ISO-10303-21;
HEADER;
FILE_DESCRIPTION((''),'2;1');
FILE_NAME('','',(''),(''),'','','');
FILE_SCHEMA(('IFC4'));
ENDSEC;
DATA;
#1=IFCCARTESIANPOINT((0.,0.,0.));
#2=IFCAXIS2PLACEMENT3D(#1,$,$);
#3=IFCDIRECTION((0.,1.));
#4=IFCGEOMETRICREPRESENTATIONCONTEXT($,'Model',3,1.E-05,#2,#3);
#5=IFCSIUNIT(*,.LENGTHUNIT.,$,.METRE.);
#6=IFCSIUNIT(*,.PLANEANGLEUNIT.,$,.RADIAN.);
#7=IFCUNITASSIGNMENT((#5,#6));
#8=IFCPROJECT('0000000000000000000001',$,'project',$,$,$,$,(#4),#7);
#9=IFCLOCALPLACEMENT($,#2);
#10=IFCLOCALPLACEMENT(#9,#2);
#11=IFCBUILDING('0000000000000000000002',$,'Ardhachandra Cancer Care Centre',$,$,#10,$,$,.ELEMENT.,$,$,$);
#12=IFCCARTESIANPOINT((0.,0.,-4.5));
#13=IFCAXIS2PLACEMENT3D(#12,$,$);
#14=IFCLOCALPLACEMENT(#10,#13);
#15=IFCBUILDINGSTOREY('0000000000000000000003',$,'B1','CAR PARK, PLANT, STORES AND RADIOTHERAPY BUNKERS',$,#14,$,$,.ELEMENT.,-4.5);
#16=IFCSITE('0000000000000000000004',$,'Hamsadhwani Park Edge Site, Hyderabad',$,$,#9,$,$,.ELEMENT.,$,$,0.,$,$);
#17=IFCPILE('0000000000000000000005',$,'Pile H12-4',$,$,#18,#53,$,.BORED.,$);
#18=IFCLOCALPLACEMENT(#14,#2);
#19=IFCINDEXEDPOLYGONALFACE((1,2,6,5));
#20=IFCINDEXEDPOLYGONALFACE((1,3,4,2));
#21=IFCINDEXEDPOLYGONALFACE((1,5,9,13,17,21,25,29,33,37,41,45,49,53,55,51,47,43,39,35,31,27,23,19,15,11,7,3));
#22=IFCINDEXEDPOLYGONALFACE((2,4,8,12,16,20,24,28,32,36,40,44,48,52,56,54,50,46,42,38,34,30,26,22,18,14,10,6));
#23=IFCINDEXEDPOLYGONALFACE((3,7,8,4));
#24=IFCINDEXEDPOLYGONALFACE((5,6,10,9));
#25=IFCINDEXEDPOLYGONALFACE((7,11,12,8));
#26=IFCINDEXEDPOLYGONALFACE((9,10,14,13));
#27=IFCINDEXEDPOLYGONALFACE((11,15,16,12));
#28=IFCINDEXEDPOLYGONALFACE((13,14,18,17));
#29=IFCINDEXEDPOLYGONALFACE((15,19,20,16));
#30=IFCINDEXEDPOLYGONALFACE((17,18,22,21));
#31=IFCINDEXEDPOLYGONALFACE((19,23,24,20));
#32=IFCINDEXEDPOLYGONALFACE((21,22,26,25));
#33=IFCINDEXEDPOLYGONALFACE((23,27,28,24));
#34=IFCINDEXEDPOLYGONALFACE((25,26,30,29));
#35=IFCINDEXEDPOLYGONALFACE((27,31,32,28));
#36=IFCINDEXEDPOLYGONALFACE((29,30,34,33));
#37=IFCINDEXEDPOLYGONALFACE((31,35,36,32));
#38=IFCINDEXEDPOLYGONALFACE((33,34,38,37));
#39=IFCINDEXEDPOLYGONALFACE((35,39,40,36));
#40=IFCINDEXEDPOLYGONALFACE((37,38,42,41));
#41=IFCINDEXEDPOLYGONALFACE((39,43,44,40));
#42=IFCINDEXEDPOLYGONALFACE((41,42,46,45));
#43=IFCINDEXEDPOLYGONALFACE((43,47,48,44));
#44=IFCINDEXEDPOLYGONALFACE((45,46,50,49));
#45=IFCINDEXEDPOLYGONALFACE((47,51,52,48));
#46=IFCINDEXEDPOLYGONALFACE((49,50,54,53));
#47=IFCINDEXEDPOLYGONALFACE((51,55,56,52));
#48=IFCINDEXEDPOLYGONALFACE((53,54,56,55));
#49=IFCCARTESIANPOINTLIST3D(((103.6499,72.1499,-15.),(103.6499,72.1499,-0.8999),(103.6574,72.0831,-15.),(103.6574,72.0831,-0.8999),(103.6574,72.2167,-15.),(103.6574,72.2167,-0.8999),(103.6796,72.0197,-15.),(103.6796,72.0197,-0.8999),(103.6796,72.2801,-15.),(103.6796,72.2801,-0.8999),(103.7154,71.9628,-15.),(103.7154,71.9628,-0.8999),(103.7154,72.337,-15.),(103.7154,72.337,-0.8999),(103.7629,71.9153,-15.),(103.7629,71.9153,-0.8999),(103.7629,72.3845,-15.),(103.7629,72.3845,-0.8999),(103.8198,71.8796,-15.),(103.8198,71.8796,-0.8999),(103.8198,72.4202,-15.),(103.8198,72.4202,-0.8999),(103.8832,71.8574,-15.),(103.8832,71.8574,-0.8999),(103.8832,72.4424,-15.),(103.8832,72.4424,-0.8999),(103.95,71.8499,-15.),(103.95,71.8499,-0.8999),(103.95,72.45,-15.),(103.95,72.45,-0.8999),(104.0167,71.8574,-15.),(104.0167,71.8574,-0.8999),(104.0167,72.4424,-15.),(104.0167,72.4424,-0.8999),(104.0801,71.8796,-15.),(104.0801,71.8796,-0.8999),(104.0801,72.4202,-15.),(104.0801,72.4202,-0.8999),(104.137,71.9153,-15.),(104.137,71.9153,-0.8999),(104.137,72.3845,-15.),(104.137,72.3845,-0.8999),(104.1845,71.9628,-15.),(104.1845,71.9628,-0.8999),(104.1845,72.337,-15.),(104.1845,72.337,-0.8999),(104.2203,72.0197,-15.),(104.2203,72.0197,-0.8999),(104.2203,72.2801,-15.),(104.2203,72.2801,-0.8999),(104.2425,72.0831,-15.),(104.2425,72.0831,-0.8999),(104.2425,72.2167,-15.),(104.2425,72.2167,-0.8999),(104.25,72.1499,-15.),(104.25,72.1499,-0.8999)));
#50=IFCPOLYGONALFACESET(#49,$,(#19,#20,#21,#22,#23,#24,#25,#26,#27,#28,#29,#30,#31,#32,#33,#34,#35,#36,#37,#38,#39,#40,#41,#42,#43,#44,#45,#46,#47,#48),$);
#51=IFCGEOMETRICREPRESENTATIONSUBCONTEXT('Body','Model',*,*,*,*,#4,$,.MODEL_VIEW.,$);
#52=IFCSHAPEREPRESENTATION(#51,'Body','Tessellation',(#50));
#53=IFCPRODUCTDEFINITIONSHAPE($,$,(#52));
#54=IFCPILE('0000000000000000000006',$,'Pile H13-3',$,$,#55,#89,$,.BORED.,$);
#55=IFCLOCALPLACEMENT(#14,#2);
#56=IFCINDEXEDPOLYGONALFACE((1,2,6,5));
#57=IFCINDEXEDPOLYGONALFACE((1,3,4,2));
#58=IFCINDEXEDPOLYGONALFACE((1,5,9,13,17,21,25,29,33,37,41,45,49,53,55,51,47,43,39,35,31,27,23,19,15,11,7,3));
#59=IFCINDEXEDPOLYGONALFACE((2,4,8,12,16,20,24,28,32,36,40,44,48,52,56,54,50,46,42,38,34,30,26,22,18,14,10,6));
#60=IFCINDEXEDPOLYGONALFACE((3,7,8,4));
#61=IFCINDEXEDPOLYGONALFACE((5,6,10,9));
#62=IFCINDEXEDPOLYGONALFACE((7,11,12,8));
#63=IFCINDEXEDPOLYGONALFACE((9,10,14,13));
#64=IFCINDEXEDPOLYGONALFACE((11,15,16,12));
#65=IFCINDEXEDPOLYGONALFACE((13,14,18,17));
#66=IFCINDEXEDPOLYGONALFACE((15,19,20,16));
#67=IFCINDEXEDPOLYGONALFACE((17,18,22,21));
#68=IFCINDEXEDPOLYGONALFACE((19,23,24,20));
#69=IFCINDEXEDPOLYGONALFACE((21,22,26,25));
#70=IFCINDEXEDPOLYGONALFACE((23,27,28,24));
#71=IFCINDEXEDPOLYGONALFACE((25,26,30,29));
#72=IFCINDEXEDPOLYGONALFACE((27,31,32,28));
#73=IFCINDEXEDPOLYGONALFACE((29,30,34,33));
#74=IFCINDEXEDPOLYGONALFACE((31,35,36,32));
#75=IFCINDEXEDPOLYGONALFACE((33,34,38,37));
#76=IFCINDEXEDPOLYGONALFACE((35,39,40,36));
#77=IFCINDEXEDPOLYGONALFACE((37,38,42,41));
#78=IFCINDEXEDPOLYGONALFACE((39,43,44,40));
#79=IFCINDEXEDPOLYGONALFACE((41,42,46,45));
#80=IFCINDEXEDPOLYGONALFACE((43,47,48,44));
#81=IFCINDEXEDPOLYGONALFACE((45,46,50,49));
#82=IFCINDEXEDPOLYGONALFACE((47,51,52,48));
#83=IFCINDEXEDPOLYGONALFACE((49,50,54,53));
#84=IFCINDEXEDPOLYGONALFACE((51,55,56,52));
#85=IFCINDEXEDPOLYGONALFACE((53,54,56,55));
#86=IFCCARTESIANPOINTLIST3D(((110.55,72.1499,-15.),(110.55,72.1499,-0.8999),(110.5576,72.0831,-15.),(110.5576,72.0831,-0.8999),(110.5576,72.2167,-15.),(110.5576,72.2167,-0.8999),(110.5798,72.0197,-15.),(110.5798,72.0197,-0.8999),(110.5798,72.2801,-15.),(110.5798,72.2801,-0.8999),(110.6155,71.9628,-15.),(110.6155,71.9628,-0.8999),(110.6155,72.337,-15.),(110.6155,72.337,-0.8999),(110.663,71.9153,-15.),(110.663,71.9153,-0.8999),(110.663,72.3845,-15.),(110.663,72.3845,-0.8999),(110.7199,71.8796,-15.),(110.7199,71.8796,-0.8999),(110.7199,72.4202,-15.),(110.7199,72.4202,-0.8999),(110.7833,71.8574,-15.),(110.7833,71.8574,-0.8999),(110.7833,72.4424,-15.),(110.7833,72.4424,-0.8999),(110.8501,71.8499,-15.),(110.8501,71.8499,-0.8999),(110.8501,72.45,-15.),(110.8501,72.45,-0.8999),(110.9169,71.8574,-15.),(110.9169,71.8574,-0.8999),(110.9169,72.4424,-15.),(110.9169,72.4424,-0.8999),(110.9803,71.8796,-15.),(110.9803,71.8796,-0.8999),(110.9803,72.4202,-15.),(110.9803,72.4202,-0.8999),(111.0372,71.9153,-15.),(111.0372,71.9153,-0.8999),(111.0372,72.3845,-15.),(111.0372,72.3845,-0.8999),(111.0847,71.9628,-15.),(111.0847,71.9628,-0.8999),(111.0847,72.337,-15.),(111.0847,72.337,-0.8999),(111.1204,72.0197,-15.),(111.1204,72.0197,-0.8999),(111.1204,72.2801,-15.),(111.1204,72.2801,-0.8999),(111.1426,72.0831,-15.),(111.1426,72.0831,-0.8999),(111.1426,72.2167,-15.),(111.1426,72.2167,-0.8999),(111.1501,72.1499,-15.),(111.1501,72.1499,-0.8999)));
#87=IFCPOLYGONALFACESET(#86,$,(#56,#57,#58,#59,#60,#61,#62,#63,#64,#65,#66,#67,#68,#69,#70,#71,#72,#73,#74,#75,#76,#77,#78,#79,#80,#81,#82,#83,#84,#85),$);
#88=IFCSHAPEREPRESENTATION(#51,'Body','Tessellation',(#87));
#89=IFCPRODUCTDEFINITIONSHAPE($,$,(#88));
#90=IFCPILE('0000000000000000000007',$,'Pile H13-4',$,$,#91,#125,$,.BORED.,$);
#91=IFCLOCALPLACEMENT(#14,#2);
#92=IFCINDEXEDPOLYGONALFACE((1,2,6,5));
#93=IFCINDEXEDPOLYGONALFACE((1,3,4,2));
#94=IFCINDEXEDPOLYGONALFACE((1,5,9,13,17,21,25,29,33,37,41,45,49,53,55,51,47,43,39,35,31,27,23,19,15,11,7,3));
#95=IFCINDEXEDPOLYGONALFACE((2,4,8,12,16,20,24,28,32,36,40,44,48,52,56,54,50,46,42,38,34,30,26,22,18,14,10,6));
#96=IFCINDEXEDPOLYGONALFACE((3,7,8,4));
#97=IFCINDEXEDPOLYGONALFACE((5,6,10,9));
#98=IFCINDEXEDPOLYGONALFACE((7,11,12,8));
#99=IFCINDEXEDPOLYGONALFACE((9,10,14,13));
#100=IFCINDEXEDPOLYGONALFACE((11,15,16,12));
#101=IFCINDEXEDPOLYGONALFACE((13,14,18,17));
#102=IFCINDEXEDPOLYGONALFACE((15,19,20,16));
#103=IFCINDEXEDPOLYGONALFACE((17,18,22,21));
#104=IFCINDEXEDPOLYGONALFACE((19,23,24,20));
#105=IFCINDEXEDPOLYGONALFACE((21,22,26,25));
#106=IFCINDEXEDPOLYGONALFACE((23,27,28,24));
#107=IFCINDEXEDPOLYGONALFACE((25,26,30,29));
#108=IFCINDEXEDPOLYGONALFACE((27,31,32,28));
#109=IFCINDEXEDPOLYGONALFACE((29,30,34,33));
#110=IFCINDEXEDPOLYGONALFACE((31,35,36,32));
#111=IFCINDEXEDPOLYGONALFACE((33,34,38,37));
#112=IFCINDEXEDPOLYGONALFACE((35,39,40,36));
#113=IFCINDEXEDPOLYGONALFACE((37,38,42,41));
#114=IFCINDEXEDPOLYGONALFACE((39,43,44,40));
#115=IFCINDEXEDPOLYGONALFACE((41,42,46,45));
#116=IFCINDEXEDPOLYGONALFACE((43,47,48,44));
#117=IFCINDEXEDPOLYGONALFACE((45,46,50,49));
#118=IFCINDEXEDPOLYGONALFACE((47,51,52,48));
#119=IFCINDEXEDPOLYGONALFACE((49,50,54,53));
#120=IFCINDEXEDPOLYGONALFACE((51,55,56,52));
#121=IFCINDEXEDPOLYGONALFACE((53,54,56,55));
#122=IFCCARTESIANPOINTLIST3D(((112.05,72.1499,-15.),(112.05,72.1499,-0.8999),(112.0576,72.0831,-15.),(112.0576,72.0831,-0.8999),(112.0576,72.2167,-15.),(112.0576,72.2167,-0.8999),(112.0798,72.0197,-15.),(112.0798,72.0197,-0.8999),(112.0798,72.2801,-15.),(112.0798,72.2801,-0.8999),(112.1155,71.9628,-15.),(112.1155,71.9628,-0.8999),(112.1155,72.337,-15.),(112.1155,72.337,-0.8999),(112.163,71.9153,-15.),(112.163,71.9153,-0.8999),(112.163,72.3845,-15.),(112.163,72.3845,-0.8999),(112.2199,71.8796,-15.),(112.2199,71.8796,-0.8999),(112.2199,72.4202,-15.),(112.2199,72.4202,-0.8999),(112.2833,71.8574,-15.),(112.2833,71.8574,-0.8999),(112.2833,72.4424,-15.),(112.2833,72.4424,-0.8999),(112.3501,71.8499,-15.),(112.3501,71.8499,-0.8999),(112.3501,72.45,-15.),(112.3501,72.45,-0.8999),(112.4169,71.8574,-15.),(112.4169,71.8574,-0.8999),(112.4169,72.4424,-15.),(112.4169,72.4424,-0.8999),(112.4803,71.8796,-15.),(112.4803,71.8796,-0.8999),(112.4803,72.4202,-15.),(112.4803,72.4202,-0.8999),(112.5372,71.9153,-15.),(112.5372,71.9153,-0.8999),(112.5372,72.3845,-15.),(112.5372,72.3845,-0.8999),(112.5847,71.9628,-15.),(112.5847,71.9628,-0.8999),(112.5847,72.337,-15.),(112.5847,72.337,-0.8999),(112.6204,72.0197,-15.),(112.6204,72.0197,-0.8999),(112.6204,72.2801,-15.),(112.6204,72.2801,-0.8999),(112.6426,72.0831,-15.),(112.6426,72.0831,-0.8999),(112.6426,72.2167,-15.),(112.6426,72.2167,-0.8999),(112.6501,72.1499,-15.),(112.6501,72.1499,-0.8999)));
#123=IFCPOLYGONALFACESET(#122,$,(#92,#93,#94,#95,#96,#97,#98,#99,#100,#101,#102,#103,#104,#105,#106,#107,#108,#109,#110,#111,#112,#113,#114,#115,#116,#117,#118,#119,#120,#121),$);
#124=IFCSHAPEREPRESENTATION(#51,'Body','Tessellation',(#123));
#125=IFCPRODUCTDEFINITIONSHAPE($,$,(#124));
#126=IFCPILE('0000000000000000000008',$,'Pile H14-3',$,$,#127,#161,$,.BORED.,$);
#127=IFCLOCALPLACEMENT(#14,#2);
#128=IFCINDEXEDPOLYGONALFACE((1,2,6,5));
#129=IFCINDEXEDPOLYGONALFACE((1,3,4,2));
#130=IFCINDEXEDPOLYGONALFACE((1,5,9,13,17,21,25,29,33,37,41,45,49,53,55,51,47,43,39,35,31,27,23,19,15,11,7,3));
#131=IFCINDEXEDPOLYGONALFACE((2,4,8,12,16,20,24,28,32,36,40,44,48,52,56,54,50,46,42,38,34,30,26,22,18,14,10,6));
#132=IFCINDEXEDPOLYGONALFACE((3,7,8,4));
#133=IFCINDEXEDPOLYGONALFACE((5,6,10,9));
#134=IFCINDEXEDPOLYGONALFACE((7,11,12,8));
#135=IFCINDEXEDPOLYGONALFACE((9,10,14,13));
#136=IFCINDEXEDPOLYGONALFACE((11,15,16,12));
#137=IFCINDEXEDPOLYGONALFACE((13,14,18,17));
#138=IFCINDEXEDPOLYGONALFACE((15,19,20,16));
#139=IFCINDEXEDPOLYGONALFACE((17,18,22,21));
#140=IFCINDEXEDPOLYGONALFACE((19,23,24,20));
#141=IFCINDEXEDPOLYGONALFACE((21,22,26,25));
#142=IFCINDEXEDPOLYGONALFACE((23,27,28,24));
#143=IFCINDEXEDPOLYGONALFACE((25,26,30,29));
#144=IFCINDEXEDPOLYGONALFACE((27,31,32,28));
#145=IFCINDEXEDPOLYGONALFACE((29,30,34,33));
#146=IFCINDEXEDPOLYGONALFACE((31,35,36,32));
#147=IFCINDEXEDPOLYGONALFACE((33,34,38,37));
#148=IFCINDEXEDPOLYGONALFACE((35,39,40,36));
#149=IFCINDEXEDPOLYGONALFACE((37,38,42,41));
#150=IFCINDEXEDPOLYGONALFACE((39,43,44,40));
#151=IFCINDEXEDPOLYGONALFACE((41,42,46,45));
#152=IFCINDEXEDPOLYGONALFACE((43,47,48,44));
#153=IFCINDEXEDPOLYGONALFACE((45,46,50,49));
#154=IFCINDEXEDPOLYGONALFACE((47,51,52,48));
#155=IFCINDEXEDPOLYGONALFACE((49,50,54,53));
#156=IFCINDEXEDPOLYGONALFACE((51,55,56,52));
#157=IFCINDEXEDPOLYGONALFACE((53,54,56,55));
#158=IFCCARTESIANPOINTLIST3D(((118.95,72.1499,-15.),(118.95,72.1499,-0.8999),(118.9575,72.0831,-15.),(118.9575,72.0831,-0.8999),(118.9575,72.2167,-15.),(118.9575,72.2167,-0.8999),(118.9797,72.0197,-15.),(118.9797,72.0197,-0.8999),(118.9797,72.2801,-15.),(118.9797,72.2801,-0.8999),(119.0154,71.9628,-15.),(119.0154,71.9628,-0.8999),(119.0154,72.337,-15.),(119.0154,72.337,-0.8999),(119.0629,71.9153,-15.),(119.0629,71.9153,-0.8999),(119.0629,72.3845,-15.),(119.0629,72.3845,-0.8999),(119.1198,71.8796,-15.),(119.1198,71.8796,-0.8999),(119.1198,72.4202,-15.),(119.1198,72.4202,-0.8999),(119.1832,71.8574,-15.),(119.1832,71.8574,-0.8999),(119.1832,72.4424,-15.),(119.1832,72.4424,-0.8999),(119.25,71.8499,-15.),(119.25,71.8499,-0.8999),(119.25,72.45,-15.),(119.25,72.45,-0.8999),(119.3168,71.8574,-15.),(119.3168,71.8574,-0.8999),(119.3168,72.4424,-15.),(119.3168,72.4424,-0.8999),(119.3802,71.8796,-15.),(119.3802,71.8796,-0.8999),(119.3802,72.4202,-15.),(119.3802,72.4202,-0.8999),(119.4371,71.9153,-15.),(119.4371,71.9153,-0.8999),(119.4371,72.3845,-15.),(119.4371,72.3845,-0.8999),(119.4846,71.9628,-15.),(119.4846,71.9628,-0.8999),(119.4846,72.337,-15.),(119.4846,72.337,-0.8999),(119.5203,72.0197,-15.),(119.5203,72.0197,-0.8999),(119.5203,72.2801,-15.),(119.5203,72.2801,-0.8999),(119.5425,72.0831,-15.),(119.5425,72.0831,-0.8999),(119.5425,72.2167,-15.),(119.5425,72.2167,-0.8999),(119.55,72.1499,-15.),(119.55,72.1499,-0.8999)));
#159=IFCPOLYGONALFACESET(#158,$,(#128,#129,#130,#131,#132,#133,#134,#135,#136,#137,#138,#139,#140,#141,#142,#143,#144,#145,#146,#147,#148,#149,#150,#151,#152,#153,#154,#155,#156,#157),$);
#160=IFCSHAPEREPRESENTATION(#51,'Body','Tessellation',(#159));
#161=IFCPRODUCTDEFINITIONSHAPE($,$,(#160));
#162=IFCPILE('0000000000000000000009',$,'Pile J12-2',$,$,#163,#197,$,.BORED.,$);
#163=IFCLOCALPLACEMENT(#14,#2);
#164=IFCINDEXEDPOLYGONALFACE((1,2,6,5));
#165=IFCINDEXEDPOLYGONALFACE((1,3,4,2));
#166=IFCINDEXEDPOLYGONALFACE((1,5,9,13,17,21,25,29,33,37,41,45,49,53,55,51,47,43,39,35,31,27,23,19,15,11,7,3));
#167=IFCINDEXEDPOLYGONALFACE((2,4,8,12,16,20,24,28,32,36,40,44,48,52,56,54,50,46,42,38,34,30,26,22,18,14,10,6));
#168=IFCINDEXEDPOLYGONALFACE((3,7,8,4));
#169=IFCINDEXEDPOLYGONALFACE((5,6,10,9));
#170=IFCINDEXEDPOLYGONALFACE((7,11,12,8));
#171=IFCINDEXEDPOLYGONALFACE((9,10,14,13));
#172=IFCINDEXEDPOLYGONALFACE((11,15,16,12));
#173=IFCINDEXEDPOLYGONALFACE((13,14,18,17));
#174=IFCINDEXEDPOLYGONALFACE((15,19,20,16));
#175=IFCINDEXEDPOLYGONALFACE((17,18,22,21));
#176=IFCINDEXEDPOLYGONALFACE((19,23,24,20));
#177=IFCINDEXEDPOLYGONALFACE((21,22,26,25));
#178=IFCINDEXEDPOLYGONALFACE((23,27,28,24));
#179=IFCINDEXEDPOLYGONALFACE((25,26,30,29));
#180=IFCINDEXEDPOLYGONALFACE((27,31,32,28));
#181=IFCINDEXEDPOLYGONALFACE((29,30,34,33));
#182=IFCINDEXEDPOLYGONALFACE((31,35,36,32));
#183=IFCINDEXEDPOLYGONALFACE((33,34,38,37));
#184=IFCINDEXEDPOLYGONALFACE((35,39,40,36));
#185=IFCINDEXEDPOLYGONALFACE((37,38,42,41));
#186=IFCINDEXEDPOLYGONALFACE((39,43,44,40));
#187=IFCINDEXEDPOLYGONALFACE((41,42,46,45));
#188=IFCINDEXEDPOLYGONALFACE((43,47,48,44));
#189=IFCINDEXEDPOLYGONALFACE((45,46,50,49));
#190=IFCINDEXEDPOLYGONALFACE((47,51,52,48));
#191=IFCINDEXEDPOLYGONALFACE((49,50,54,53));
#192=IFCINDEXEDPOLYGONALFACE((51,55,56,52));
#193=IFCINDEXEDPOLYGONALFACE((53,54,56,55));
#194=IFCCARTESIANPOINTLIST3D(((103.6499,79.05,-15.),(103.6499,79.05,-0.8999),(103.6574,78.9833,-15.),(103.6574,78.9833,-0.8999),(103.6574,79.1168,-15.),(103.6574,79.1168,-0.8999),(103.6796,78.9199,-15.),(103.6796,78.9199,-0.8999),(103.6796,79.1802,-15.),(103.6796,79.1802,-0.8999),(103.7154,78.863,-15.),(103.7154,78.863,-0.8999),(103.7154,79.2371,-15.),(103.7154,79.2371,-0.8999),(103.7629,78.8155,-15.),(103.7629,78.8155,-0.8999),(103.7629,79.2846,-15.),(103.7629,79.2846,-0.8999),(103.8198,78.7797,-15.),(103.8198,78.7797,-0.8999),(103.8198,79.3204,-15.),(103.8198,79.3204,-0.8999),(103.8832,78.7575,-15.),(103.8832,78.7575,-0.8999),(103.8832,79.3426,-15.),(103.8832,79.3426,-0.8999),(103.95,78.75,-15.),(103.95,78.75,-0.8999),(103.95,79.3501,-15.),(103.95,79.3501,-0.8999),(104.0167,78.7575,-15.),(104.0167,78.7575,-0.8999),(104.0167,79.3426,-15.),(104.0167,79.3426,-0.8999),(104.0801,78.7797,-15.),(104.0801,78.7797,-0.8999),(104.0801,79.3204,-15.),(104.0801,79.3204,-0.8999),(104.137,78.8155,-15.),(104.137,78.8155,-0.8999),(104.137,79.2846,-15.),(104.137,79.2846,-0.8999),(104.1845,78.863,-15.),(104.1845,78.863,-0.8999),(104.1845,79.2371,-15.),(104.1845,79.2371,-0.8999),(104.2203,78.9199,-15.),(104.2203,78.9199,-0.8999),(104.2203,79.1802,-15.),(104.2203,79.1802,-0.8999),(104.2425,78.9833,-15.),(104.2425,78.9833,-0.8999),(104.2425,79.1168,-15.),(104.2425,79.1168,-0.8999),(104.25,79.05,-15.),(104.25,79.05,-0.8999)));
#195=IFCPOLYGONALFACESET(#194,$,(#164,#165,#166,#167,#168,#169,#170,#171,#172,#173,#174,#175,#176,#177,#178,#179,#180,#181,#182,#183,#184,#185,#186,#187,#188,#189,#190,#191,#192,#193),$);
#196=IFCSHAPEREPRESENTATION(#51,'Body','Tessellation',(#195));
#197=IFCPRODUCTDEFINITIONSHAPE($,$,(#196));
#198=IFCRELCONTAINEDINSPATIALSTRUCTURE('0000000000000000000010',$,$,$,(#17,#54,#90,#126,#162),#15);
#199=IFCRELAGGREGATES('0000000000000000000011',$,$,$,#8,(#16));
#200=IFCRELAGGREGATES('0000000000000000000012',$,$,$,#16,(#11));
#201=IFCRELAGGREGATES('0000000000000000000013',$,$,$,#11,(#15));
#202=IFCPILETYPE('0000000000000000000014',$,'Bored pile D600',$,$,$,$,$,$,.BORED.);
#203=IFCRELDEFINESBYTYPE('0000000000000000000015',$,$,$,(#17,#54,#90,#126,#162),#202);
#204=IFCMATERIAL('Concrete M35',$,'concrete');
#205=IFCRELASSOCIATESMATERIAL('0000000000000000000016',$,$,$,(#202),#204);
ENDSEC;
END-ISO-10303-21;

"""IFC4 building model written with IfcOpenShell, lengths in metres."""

from ifc_helpers import new_model, si_unit, direction, frame, origin, origin_2d, place, context, subcontext, project, spatial, circle, extrude, material, material_profile, profile_set, type_object, element, save


model = new_model("IFC4")

# Units and contexts
model_context = context("Model", 3, precision=1e-05, world=origin(), true_north=direction((0.0, 1.0)))
body_context = subcontext(model_context, "Body", "Model", "MODEL_VIEW")
ifc_project = project(units=[si_unit("LENGTHUNIT", "METRE"), si_unit("PLANEANGLEUNIT", "RADIAN")], contexts=[model_context])

# Site, building, storey
site_placement = place(None, origin())
site = spatial("IfcSite", under=ifc_project, at=site_placement, Name="Hamsadhwani Park Edge Site, Hyderabad", CompositionType="ELEMENT", RefElevation=0.0)
building_placement = place(site_placement, origin())
building = spatial("IfcBuilding", under=site, at=building_placement, Name="Ardhachandra Cancer Care Centre", CompositionType="ELEMENT")
storey_placement = place(building_placement, frame((0.0, 0.0, -4.5)))
storey = spatial("IfcBuildingStorey", under=building, at=storey_placement, Name="B1", Description="CAR PARK, PLANT, STORES AND RADIOTHERAPY BUNKERS", CompositionType="ELEMENT", Elevation=-4.5)

# Piles
ifc_material_1 = material(Name="Concrete M35", Category="concrete")
ifc_material_profile_1 = material_profile(ifc_material_1, circle(Radius=0.3, at=origin_2d()), Name="D600")
ifc_profile_set_1 = profile_set([ifc_material_profile_1], Name="Concrete M35")
pile_type = type_object("IfcPileType", Name="Bored pile D600", PredefinedType="BORED", material=ifc_profile_set_1)
for number, where, z_axis, x_axis, name in (
    (1, (103.95, 72.1499, -0.8999), (0.0, 0.0, -1.0), (1.0, 0.0, 0.0), "Pile H12-4"),
    (2, (110.8501, 72.1499, -0.8999), (0.0, 0.0, -1.0), (1.0, 0.0, 0.0), "Pile H13-3"),
    (3, (112.3501, 72.1499, -0.8999), (0.0, 0.0, -1.0), (1.0, 0.0, 0.0), "Pile H13-4"),
    (4, (119.25, 72.1499, -0.8999), (0.0, 0.0, -1.0), (1.0, 0.0, 0.0), "Pile H14-3"),
    (5, (103.95, 79.05, -0.8999), (0.0, 0.0, -1.0), (1.0, 0.0, 0.0), "Pile J12-2"),
):
    element("IfcPile", number, at=place(storey_placement, frame(where, z_axis=z_axis, x_axis=x_axis)), inside=storey, type_object=pile_type, Name=name, PredefinedType="BORED", context=body_context, shape_type="SweptSolid", body=[
        extrude(circle(Radius=0.3, at=origin_2d()), origin(), (0.0, 0.0, 1.0), 14.1001),
    ])

save(model, "model.ifc")
